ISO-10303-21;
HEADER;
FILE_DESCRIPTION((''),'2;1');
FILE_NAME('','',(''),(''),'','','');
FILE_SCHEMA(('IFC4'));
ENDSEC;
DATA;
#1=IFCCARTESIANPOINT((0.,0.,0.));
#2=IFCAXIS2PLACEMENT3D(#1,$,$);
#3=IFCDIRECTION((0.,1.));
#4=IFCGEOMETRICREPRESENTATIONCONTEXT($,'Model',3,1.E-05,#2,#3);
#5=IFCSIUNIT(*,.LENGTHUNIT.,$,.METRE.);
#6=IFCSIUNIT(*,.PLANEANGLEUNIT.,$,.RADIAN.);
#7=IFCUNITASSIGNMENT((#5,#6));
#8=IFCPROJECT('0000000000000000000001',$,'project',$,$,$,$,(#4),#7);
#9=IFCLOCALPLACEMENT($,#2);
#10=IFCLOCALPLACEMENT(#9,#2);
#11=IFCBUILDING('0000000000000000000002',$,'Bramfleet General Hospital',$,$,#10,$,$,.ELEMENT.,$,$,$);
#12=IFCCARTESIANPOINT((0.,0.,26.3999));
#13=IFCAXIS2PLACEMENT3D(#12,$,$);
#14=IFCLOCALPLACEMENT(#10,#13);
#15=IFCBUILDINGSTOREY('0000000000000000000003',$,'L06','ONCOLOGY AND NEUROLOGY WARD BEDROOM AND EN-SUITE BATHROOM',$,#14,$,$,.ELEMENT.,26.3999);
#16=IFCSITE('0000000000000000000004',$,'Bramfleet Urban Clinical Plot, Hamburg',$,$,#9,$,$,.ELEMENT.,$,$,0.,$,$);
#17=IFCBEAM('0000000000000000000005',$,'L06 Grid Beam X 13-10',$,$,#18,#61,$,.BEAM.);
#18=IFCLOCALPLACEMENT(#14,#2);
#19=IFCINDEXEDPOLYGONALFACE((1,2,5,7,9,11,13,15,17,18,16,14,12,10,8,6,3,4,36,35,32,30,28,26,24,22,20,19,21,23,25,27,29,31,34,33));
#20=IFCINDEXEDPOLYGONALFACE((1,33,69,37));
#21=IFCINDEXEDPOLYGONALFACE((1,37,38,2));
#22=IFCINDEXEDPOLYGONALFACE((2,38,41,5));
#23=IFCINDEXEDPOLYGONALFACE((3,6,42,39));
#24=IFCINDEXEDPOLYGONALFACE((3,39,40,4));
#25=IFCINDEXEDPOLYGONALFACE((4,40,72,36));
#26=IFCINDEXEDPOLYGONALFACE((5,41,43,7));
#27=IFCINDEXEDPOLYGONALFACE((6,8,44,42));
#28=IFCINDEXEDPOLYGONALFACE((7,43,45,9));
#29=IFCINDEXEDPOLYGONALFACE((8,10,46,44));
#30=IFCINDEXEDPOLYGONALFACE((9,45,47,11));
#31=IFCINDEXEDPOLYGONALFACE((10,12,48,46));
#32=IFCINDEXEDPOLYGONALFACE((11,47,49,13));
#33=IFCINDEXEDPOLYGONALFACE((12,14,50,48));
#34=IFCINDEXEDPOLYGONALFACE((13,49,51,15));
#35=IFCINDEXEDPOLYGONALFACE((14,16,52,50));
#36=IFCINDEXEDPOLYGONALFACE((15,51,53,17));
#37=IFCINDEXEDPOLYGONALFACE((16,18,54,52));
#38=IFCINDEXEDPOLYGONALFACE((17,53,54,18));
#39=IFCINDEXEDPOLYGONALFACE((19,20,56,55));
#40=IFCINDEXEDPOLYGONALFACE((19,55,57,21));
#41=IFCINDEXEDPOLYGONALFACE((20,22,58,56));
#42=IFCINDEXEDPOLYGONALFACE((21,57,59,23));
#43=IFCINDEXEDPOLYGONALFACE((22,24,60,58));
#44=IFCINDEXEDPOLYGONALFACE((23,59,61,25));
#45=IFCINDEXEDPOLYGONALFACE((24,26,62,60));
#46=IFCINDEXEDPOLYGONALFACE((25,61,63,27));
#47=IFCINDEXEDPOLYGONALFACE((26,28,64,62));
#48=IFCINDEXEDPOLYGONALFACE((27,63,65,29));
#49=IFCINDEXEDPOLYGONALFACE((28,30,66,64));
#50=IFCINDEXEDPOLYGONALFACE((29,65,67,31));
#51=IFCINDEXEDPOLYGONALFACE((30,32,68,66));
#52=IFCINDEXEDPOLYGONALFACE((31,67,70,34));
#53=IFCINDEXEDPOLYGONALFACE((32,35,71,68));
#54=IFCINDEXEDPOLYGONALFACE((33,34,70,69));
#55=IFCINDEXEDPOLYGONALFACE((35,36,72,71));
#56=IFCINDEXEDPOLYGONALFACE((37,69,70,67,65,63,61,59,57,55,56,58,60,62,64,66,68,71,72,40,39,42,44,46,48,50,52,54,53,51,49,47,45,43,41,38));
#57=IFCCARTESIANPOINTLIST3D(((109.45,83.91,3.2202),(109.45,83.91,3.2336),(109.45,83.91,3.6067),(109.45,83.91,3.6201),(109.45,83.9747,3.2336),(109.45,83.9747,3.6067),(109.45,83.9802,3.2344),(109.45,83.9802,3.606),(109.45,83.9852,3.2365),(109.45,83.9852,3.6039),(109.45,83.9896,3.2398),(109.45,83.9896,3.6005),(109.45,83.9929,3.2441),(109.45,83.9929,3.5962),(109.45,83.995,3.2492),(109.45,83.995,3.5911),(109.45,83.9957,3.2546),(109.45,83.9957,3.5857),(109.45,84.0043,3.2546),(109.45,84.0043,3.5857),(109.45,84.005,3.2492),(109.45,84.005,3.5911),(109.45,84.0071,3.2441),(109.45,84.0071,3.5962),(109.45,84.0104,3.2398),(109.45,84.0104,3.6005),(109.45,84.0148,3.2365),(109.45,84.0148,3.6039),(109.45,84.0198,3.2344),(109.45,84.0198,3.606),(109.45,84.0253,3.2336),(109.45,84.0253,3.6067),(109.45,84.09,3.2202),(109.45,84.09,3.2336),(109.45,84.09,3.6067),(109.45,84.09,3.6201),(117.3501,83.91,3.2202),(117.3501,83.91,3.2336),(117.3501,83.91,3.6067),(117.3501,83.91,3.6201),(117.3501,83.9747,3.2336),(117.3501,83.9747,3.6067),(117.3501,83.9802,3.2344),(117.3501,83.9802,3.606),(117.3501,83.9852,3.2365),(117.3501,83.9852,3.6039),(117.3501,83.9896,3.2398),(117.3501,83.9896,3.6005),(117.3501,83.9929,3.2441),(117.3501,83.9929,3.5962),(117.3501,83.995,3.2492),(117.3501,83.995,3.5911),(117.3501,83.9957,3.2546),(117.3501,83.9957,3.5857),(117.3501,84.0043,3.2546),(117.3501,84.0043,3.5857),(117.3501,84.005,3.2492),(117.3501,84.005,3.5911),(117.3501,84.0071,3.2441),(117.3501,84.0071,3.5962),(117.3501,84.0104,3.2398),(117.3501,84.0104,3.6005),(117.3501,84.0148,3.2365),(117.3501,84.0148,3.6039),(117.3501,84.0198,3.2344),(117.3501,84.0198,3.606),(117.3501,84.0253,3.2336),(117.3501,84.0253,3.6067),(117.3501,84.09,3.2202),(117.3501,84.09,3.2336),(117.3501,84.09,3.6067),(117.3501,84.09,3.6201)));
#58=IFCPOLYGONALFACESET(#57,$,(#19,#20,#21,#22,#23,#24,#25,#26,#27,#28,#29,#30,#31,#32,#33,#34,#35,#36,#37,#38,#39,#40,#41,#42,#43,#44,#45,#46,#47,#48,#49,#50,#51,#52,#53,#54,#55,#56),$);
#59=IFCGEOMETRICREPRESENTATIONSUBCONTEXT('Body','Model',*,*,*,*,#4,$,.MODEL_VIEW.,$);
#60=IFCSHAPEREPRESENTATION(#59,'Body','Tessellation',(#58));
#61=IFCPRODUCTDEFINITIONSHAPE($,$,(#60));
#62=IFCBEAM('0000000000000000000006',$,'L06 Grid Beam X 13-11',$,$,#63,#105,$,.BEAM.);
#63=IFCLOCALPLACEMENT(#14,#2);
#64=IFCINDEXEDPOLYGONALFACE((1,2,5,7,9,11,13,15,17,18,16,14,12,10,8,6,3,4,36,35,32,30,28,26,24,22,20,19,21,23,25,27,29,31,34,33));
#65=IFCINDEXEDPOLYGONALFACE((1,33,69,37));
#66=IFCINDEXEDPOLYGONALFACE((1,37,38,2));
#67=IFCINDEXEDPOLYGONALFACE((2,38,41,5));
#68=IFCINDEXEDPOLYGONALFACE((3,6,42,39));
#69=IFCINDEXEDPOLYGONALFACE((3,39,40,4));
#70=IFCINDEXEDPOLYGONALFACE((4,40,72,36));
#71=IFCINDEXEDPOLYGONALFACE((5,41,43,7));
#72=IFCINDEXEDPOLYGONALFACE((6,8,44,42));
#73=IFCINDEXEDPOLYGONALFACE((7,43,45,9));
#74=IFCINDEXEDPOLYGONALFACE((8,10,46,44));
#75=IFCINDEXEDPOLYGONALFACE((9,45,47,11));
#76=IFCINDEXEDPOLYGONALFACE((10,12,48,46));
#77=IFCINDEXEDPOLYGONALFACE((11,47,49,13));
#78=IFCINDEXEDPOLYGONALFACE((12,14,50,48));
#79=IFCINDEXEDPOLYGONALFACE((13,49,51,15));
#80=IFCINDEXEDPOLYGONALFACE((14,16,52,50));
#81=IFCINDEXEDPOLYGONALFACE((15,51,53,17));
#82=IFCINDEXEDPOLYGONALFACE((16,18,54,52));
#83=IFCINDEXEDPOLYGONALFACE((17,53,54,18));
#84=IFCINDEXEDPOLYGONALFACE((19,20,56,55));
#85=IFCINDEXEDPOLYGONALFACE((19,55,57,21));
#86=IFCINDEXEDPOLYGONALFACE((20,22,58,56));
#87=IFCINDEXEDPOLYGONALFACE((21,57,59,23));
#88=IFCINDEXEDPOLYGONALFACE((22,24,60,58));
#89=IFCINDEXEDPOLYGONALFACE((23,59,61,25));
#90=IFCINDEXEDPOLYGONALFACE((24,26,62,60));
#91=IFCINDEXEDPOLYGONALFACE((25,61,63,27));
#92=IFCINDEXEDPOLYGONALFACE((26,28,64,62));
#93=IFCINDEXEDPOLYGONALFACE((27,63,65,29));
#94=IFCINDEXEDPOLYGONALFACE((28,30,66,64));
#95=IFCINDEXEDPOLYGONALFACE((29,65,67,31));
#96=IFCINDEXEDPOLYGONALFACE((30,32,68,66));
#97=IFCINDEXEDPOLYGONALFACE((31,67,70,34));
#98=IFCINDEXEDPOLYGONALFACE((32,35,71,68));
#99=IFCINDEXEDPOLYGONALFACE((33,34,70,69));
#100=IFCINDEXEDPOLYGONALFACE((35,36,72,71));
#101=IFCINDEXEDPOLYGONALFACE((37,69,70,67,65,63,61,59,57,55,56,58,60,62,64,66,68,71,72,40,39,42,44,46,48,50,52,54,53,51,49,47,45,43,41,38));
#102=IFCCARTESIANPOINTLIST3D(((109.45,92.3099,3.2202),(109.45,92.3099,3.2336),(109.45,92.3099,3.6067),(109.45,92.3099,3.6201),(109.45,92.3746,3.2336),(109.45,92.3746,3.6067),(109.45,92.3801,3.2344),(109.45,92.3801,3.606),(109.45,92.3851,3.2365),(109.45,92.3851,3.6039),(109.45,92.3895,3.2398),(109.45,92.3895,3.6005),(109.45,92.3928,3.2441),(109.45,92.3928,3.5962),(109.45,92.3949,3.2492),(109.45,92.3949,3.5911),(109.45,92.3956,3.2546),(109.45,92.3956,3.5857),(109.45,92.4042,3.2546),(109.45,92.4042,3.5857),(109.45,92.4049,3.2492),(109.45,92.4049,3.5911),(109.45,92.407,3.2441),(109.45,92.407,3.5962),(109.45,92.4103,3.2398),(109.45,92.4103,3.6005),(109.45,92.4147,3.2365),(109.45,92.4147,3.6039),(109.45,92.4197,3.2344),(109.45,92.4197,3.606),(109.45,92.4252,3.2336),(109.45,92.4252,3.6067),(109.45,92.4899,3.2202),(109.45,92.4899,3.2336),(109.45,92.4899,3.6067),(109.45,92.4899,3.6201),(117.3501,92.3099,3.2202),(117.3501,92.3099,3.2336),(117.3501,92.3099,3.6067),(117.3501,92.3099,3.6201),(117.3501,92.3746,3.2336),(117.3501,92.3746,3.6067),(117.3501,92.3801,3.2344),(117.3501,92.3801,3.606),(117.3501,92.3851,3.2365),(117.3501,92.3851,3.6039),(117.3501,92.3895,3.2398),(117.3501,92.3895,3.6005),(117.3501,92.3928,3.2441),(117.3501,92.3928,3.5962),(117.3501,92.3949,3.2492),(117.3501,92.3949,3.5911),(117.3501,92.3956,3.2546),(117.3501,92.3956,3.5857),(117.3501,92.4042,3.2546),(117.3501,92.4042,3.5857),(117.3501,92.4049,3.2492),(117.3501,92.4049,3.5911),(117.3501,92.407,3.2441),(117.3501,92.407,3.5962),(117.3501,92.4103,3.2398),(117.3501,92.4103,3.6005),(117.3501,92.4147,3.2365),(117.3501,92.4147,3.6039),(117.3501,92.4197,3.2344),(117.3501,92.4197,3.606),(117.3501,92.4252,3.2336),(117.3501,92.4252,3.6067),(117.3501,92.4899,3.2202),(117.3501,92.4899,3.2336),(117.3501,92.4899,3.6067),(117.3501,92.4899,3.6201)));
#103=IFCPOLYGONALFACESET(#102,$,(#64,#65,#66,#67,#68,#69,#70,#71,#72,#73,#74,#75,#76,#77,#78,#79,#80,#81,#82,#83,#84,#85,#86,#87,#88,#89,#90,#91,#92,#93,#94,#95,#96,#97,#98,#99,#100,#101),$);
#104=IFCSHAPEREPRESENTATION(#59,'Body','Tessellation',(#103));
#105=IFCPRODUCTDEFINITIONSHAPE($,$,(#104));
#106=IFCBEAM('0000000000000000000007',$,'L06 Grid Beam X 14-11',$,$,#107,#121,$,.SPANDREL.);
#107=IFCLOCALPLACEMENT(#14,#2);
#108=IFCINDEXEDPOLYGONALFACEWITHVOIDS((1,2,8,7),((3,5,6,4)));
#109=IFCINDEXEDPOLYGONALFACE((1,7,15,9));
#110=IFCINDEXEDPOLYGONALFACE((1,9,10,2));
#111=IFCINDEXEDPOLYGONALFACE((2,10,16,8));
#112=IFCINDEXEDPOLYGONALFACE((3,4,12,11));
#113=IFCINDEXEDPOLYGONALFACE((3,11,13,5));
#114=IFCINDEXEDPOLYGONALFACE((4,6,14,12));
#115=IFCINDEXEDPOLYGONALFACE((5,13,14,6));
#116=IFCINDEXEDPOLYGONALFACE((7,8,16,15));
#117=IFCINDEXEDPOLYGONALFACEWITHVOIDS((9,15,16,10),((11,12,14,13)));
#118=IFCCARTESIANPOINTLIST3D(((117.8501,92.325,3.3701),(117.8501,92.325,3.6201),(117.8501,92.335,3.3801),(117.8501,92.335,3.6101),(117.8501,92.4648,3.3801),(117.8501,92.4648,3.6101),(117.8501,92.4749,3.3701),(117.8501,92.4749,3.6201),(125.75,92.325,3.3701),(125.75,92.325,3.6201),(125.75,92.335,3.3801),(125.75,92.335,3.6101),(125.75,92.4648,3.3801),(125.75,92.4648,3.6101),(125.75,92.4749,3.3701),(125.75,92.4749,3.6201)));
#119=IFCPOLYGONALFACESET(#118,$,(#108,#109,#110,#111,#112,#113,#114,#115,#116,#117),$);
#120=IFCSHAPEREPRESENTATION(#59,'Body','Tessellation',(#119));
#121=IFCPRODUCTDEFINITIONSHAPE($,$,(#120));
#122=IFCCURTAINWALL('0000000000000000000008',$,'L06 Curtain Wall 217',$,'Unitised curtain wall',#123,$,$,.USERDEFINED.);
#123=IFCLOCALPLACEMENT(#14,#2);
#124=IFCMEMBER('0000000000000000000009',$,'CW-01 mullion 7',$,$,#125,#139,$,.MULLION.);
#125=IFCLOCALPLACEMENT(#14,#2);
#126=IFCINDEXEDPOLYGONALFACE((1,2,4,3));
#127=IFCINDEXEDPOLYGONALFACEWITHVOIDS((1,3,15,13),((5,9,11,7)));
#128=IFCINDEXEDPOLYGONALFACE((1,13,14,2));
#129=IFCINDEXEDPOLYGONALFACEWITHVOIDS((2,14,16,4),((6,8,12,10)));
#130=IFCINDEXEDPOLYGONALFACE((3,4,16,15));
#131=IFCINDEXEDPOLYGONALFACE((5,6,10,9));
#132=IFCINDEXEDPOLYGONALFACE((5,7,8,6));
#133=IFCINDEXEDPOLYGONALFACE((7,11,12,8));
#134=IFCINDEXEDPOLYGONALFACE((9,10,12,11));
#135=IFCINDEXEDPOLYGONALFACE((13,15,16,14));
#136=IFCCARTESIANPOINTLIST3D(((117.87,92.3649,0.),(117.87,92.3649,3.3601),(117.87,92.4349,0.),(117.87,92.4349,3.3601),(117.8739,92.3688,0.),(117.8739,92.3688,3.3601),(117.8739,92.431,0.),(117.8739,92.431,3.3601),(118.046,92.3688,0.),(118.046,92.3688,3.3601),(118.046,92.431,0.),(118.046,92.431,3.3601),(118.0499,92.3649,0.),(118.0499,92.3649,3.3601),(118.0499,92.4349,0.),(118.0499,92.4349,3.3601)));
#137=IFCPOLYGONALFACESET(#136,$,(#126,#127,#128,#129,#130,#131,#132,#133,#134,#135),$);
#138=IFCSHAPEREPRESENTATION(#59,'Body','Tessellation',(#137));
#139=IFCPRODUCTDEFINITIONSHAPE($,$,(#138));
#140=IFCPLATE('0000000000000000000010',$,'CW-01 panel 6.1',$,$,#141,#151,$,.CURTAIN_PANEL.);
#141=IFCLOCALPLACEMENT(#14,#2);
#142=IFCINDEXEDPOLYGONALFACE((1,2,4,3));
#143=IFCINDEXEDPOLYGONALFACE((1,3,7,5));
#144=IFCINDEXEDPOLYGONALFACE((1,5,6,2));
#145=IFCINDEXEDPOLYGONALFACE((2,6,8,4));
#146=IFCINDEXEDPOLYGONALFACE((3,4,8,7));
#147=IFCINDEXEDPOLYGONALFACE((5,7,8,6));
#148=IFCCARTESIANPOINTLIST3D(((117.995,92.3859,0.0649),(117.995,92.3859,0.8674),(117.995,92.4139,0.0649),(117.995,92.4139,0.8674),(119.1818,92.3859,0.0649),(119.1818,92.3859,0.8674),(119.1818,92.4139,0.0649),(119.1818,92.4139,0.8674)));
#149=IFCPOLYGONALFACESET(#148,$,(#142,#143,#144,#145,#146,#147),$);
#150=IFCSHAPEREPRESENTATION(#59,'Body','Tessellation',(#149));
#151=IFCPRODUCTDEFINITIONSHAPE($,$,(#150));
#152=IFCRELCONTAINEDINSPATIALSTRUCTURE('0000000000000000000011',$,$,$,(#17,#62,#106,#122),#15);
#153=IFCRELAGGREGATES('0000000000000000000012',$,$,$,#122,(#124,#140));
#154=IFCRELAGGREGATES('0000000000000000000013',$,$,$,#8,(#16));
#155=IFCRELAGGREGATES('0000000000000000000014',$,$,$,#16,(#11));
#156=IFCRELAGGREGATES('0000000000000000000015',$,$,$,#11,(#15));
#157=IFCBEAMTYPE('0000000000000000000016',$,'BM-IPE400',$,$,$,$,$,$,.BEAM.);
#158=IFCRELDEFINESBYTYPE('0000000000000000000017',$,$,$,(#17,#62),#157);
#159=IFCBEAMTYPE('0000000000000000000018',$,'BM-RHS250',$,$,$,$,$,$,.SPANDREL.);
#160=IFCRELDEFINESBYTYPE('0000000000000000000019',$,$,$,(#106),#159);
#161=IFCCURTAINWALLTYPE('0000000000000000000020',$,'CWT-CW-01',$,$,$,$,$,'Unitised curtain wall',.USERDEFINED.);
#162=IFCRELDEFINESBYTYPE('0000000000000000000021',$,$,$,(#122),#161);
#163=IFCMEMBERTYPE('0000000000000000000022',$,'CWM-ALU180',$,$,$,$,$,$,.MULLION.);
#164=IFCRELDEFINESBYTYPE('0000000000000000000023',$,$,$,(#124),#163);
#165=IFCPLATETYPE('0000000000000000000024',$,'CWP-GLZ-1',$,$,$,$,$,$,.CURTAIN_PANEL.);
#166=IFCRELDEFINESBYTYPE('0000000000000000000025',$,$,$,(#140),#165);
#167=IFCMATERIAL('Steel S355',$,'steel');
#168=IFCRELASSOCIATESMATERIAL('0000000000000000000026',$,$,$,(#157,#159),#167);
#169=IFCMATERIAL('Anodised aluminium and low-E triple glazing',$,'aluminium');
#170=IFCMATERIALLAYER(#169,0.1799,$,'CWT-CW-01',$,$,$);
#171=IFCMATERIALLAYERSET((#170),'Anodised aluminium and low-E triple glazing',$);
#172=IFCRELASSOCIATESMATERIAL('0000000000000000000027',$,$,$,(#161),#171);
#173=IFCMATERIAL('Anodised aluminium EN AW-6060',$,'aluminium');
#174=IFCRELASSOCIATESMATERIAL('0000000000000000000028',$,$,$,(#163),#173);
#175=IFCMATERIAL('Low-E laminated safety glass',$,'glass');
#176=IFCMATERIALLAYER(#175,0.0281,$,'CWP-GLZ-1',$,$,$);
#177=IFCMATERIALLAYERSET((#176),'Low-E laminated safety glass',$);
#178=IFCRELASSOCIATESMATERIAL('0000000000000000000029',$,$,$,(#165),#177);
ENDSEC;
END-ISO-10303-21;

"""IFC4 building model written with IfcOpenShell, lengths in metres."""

from ifc_helpers import new_model, si_unit, direction, frame, origin, origin_2d, place, context, subcontext, project, spatial, rectangle, hollow_rectangle, i_section, extrude, material, layer, layer_set, material_profile, profile_set, type_object, element, aggregate, save


model = new_model("IFC4")

# Units and contexts
model_context = context("Model", 3, precision=1e-05, world=origin(), true_north=direction((0.0, 1.0)))
body_context = subcontext(model_context, "Body", "Model", "MODEL_VIEW")
ifc_project = project(units=[si_unit("LENGTHUNIT", "METRE"), si_unit("PLANEANGLEUNIT", "RADIAN")], contexts=[model_context])

# Site, building, storey
site_placement = place(None, origin())
site = spatial("IfcSite", under=ifc_project, at=site_placement, Name="Bramfleet Urban Clinical Plot, Hamburg", CompositionType="ELEMENT", RefElevation=0.0)
building_placement = place(site_placement, origin())
building = spatial("IfcBuilding", under=site, at=building_placement, Name="Bramfleet General Hospital", CompositionType="ELEMENT")
storey_placement = place(building_placement, frame((0.0, 0.0, 26.3999)))
storey = spatial("IfcBuildingStorey", under=building, at=storey_placement, Name="L06", Description="ONCOLOGY AND NEUROLOGY WARD BEDROOM AND EN-SUITE BATHROOM", CompositionType="ELEMENT", Elevation=26.3999)

# Beams
ifc_material_1 = material(Name="Steel S355", Category="steel")
ifc_material_profile_1 = material_profile(ifc_material_1, i_section(OverallWidth=0.1799, OverallDepth=0.3999, WebThickness=0.0085, FlangeThickness=0.0134, FilletRadius=0.021, at=origin_2d()), Name="IPE 400")
ifc_profile_set_1 = profile_set([ifc_material_profile_1], Name="Steel S355")
beam_type_1 = type_object("IfcBeamType", Name="BM-IPE400", PredefinedType="BEAM", material=ifc_profile_set_1)
for number, where, z_axis, x_axis, name in (
    (1, (109.45, 84.0, 3.4202), (1.0, 0.0, 0.0), (0.0, 1.0, 0.0), "L06 Grid Beam X 13-10"),
    (2, (109.45, 92.3999, 3.4202), (1.0, 0.0, 0.0), (0.0, 1.0, 0.0), "L06 Grid Beam X 13-11"),
):
    element("IfcBeam", number, at=place(storey_placement, frame(where, z_axis=z_axis, x_axis=x_axis)), inside=storey, type_object=beam_type_1, Name=name, PredefinedType="BEAM", context=body_context, shape_type="SweptSolid", body=[
        extrude(i_section(OverallWidth=0.1799, OverallDepth=0.3999, WebThickness=0.0085, FlangeThickness=0.0134, FilletRadius=0.021, at=origin_2d()), origin(), (0.0, 0.0, 1.0), 7.9001),
    ])
ifc_material_profile_2 = material_profile(ifc_material_1, hollow_rectangle(XDim=0.1499, YDim=0.25, WallThickness=0.01, at=origin_2d()), Name="RHS 250x150x10.0")
ifc_profile_set_2 = profile_set([ifc_material_profile_2], Name="Steel S355")
beam_type_2 = type_object("IfcBeamType", Name="BM-RHS250", PredefinedType="SPANDREL", material=ifc_profile_set_2)
beam_1_placement = place(storey_placement, frame((117.8501, 92.3999, 3.4951), z_axis=(1.0, 0.0, 0.0), x_axis=(0.0, 1.0, 0.0)))
element("IfcBeam", 3, at=beam_1_placement, inside=storey, type_object=beam_type_2, Name="L06 Grid Beam X 14-11", PredefinedType="SPANDREL", context=body_context, shape_type="SweptSolid", body=[
    extrude(hollow_rectangle(XDim=0.1499, YDim=0.25, WallThickness=0.01, at=origin_2d()), origin(), (0.0, 0.0, 1.0), 7.8999),
])

# Curtain wall, member, plate
ifc_material_2 = material(Name="Anodised aluminium and low-E triple glazing", Category="aluminium")
ifc_layer_1 = layer(ifc_material_2, 0.1799, Name="CWT-CW-01")
ifc_layer_set_1 = layer_set([ifc_layer_1], Name="Anodised aluminium and low-E triple glazing")
curtain_wall_type = type_object("IfcCurtainWallType", Name="CWT-CW-01", ElementType="Unitised curtain wall", PredefinedType="USERDEFINED", material=ifc_layer_set_1)
curtain_wall_placement = place(storey_placement, origin())
curtain_wall = element("IfcCurtainWall", 4, at=curtain_wall_placement, inside=storey, type_object=curtain_wall_type, Name="L06 Curtain Wall 217", ObjectType="Unitised curtain wall", PredefinedType="USERDEFINED")
ifc_material_3 = material(Name="Anodised aluminium EN AW-6060", Category="aluminium")
ifc_material_profile_3 = material_profile(ifc_material_3, hollow_rectangle(XDim=0.0701, YDim=0.1799, WallThickness=0.0039, at=origin_2d()), Name="ALU 180x70x4.0")
ifc_profile_set_3 = profile_set([ifc_material_profile_3], Name="Anodised aluminium EN AW-6060")
member_type = type_object("IfcMemberType", Name="CWM-ALU180", PredefinedType="MULLION", material=ifc_profile_set_3)
member_placement = place(storey_placement, frame((117.96, 92.3999, 0.0), z_axis=(0.0, 0.0, 1.0), x_axis=(0.0, -1.0, 0.0)))
member = element("IfcMember", 5, at=member_placement, type_object=member_type, Name="CW-01 mullion 7", PredefinedType="MULLION", context=body_context, shape_type="SweptSolid", body=[
    extrude(hollow_rectangle(XDim=0.0701, YDim=0.1799, WallThickness=0.0039, at=origin_2d()), origin(), (0.0, 0.0, 1.0), 3.3601),
])
ifc_material_4 = material(Name="Low-E laminated safety glass", Category="glass")
ifc_layer_2 = layer(ifc_material_4, 0.0281, Name="CWP-GLZ-1")
ifc_layer_set_2 = layer_set([ifc_layer_2], Name="Low-E laminated safety glass")
plate_type = type_object("IfcPlateType", Name="CWP-GLZ-1", PredefinedType="CURTAIN_PANEL", material=ifc_layer_set_2)
plate_placement = place(storey_placement, frame((118.5884, 92.3999, 0.0649), z_axis=(0.0, 0.0, 1.0), x_axis=(-1.0, 0.0, 0.0)))
plate = element("IfcPlate", 6, at=plate_placement, type_object=plate_type, Name="CW-01 panel 6.1", PredefinedType="CURTAIN_PANEL", context=body_context, shape_type="SweptSolid", body=[
    extrude(rectangle(XDim=1.1868, YDim=0.0281, at=origin_2d()), origin(), (0.0, 0.0, 1.0), 0.8025),
])
aggregate(curtain_wall, [member, plate])

save(model, "model.ifc")
